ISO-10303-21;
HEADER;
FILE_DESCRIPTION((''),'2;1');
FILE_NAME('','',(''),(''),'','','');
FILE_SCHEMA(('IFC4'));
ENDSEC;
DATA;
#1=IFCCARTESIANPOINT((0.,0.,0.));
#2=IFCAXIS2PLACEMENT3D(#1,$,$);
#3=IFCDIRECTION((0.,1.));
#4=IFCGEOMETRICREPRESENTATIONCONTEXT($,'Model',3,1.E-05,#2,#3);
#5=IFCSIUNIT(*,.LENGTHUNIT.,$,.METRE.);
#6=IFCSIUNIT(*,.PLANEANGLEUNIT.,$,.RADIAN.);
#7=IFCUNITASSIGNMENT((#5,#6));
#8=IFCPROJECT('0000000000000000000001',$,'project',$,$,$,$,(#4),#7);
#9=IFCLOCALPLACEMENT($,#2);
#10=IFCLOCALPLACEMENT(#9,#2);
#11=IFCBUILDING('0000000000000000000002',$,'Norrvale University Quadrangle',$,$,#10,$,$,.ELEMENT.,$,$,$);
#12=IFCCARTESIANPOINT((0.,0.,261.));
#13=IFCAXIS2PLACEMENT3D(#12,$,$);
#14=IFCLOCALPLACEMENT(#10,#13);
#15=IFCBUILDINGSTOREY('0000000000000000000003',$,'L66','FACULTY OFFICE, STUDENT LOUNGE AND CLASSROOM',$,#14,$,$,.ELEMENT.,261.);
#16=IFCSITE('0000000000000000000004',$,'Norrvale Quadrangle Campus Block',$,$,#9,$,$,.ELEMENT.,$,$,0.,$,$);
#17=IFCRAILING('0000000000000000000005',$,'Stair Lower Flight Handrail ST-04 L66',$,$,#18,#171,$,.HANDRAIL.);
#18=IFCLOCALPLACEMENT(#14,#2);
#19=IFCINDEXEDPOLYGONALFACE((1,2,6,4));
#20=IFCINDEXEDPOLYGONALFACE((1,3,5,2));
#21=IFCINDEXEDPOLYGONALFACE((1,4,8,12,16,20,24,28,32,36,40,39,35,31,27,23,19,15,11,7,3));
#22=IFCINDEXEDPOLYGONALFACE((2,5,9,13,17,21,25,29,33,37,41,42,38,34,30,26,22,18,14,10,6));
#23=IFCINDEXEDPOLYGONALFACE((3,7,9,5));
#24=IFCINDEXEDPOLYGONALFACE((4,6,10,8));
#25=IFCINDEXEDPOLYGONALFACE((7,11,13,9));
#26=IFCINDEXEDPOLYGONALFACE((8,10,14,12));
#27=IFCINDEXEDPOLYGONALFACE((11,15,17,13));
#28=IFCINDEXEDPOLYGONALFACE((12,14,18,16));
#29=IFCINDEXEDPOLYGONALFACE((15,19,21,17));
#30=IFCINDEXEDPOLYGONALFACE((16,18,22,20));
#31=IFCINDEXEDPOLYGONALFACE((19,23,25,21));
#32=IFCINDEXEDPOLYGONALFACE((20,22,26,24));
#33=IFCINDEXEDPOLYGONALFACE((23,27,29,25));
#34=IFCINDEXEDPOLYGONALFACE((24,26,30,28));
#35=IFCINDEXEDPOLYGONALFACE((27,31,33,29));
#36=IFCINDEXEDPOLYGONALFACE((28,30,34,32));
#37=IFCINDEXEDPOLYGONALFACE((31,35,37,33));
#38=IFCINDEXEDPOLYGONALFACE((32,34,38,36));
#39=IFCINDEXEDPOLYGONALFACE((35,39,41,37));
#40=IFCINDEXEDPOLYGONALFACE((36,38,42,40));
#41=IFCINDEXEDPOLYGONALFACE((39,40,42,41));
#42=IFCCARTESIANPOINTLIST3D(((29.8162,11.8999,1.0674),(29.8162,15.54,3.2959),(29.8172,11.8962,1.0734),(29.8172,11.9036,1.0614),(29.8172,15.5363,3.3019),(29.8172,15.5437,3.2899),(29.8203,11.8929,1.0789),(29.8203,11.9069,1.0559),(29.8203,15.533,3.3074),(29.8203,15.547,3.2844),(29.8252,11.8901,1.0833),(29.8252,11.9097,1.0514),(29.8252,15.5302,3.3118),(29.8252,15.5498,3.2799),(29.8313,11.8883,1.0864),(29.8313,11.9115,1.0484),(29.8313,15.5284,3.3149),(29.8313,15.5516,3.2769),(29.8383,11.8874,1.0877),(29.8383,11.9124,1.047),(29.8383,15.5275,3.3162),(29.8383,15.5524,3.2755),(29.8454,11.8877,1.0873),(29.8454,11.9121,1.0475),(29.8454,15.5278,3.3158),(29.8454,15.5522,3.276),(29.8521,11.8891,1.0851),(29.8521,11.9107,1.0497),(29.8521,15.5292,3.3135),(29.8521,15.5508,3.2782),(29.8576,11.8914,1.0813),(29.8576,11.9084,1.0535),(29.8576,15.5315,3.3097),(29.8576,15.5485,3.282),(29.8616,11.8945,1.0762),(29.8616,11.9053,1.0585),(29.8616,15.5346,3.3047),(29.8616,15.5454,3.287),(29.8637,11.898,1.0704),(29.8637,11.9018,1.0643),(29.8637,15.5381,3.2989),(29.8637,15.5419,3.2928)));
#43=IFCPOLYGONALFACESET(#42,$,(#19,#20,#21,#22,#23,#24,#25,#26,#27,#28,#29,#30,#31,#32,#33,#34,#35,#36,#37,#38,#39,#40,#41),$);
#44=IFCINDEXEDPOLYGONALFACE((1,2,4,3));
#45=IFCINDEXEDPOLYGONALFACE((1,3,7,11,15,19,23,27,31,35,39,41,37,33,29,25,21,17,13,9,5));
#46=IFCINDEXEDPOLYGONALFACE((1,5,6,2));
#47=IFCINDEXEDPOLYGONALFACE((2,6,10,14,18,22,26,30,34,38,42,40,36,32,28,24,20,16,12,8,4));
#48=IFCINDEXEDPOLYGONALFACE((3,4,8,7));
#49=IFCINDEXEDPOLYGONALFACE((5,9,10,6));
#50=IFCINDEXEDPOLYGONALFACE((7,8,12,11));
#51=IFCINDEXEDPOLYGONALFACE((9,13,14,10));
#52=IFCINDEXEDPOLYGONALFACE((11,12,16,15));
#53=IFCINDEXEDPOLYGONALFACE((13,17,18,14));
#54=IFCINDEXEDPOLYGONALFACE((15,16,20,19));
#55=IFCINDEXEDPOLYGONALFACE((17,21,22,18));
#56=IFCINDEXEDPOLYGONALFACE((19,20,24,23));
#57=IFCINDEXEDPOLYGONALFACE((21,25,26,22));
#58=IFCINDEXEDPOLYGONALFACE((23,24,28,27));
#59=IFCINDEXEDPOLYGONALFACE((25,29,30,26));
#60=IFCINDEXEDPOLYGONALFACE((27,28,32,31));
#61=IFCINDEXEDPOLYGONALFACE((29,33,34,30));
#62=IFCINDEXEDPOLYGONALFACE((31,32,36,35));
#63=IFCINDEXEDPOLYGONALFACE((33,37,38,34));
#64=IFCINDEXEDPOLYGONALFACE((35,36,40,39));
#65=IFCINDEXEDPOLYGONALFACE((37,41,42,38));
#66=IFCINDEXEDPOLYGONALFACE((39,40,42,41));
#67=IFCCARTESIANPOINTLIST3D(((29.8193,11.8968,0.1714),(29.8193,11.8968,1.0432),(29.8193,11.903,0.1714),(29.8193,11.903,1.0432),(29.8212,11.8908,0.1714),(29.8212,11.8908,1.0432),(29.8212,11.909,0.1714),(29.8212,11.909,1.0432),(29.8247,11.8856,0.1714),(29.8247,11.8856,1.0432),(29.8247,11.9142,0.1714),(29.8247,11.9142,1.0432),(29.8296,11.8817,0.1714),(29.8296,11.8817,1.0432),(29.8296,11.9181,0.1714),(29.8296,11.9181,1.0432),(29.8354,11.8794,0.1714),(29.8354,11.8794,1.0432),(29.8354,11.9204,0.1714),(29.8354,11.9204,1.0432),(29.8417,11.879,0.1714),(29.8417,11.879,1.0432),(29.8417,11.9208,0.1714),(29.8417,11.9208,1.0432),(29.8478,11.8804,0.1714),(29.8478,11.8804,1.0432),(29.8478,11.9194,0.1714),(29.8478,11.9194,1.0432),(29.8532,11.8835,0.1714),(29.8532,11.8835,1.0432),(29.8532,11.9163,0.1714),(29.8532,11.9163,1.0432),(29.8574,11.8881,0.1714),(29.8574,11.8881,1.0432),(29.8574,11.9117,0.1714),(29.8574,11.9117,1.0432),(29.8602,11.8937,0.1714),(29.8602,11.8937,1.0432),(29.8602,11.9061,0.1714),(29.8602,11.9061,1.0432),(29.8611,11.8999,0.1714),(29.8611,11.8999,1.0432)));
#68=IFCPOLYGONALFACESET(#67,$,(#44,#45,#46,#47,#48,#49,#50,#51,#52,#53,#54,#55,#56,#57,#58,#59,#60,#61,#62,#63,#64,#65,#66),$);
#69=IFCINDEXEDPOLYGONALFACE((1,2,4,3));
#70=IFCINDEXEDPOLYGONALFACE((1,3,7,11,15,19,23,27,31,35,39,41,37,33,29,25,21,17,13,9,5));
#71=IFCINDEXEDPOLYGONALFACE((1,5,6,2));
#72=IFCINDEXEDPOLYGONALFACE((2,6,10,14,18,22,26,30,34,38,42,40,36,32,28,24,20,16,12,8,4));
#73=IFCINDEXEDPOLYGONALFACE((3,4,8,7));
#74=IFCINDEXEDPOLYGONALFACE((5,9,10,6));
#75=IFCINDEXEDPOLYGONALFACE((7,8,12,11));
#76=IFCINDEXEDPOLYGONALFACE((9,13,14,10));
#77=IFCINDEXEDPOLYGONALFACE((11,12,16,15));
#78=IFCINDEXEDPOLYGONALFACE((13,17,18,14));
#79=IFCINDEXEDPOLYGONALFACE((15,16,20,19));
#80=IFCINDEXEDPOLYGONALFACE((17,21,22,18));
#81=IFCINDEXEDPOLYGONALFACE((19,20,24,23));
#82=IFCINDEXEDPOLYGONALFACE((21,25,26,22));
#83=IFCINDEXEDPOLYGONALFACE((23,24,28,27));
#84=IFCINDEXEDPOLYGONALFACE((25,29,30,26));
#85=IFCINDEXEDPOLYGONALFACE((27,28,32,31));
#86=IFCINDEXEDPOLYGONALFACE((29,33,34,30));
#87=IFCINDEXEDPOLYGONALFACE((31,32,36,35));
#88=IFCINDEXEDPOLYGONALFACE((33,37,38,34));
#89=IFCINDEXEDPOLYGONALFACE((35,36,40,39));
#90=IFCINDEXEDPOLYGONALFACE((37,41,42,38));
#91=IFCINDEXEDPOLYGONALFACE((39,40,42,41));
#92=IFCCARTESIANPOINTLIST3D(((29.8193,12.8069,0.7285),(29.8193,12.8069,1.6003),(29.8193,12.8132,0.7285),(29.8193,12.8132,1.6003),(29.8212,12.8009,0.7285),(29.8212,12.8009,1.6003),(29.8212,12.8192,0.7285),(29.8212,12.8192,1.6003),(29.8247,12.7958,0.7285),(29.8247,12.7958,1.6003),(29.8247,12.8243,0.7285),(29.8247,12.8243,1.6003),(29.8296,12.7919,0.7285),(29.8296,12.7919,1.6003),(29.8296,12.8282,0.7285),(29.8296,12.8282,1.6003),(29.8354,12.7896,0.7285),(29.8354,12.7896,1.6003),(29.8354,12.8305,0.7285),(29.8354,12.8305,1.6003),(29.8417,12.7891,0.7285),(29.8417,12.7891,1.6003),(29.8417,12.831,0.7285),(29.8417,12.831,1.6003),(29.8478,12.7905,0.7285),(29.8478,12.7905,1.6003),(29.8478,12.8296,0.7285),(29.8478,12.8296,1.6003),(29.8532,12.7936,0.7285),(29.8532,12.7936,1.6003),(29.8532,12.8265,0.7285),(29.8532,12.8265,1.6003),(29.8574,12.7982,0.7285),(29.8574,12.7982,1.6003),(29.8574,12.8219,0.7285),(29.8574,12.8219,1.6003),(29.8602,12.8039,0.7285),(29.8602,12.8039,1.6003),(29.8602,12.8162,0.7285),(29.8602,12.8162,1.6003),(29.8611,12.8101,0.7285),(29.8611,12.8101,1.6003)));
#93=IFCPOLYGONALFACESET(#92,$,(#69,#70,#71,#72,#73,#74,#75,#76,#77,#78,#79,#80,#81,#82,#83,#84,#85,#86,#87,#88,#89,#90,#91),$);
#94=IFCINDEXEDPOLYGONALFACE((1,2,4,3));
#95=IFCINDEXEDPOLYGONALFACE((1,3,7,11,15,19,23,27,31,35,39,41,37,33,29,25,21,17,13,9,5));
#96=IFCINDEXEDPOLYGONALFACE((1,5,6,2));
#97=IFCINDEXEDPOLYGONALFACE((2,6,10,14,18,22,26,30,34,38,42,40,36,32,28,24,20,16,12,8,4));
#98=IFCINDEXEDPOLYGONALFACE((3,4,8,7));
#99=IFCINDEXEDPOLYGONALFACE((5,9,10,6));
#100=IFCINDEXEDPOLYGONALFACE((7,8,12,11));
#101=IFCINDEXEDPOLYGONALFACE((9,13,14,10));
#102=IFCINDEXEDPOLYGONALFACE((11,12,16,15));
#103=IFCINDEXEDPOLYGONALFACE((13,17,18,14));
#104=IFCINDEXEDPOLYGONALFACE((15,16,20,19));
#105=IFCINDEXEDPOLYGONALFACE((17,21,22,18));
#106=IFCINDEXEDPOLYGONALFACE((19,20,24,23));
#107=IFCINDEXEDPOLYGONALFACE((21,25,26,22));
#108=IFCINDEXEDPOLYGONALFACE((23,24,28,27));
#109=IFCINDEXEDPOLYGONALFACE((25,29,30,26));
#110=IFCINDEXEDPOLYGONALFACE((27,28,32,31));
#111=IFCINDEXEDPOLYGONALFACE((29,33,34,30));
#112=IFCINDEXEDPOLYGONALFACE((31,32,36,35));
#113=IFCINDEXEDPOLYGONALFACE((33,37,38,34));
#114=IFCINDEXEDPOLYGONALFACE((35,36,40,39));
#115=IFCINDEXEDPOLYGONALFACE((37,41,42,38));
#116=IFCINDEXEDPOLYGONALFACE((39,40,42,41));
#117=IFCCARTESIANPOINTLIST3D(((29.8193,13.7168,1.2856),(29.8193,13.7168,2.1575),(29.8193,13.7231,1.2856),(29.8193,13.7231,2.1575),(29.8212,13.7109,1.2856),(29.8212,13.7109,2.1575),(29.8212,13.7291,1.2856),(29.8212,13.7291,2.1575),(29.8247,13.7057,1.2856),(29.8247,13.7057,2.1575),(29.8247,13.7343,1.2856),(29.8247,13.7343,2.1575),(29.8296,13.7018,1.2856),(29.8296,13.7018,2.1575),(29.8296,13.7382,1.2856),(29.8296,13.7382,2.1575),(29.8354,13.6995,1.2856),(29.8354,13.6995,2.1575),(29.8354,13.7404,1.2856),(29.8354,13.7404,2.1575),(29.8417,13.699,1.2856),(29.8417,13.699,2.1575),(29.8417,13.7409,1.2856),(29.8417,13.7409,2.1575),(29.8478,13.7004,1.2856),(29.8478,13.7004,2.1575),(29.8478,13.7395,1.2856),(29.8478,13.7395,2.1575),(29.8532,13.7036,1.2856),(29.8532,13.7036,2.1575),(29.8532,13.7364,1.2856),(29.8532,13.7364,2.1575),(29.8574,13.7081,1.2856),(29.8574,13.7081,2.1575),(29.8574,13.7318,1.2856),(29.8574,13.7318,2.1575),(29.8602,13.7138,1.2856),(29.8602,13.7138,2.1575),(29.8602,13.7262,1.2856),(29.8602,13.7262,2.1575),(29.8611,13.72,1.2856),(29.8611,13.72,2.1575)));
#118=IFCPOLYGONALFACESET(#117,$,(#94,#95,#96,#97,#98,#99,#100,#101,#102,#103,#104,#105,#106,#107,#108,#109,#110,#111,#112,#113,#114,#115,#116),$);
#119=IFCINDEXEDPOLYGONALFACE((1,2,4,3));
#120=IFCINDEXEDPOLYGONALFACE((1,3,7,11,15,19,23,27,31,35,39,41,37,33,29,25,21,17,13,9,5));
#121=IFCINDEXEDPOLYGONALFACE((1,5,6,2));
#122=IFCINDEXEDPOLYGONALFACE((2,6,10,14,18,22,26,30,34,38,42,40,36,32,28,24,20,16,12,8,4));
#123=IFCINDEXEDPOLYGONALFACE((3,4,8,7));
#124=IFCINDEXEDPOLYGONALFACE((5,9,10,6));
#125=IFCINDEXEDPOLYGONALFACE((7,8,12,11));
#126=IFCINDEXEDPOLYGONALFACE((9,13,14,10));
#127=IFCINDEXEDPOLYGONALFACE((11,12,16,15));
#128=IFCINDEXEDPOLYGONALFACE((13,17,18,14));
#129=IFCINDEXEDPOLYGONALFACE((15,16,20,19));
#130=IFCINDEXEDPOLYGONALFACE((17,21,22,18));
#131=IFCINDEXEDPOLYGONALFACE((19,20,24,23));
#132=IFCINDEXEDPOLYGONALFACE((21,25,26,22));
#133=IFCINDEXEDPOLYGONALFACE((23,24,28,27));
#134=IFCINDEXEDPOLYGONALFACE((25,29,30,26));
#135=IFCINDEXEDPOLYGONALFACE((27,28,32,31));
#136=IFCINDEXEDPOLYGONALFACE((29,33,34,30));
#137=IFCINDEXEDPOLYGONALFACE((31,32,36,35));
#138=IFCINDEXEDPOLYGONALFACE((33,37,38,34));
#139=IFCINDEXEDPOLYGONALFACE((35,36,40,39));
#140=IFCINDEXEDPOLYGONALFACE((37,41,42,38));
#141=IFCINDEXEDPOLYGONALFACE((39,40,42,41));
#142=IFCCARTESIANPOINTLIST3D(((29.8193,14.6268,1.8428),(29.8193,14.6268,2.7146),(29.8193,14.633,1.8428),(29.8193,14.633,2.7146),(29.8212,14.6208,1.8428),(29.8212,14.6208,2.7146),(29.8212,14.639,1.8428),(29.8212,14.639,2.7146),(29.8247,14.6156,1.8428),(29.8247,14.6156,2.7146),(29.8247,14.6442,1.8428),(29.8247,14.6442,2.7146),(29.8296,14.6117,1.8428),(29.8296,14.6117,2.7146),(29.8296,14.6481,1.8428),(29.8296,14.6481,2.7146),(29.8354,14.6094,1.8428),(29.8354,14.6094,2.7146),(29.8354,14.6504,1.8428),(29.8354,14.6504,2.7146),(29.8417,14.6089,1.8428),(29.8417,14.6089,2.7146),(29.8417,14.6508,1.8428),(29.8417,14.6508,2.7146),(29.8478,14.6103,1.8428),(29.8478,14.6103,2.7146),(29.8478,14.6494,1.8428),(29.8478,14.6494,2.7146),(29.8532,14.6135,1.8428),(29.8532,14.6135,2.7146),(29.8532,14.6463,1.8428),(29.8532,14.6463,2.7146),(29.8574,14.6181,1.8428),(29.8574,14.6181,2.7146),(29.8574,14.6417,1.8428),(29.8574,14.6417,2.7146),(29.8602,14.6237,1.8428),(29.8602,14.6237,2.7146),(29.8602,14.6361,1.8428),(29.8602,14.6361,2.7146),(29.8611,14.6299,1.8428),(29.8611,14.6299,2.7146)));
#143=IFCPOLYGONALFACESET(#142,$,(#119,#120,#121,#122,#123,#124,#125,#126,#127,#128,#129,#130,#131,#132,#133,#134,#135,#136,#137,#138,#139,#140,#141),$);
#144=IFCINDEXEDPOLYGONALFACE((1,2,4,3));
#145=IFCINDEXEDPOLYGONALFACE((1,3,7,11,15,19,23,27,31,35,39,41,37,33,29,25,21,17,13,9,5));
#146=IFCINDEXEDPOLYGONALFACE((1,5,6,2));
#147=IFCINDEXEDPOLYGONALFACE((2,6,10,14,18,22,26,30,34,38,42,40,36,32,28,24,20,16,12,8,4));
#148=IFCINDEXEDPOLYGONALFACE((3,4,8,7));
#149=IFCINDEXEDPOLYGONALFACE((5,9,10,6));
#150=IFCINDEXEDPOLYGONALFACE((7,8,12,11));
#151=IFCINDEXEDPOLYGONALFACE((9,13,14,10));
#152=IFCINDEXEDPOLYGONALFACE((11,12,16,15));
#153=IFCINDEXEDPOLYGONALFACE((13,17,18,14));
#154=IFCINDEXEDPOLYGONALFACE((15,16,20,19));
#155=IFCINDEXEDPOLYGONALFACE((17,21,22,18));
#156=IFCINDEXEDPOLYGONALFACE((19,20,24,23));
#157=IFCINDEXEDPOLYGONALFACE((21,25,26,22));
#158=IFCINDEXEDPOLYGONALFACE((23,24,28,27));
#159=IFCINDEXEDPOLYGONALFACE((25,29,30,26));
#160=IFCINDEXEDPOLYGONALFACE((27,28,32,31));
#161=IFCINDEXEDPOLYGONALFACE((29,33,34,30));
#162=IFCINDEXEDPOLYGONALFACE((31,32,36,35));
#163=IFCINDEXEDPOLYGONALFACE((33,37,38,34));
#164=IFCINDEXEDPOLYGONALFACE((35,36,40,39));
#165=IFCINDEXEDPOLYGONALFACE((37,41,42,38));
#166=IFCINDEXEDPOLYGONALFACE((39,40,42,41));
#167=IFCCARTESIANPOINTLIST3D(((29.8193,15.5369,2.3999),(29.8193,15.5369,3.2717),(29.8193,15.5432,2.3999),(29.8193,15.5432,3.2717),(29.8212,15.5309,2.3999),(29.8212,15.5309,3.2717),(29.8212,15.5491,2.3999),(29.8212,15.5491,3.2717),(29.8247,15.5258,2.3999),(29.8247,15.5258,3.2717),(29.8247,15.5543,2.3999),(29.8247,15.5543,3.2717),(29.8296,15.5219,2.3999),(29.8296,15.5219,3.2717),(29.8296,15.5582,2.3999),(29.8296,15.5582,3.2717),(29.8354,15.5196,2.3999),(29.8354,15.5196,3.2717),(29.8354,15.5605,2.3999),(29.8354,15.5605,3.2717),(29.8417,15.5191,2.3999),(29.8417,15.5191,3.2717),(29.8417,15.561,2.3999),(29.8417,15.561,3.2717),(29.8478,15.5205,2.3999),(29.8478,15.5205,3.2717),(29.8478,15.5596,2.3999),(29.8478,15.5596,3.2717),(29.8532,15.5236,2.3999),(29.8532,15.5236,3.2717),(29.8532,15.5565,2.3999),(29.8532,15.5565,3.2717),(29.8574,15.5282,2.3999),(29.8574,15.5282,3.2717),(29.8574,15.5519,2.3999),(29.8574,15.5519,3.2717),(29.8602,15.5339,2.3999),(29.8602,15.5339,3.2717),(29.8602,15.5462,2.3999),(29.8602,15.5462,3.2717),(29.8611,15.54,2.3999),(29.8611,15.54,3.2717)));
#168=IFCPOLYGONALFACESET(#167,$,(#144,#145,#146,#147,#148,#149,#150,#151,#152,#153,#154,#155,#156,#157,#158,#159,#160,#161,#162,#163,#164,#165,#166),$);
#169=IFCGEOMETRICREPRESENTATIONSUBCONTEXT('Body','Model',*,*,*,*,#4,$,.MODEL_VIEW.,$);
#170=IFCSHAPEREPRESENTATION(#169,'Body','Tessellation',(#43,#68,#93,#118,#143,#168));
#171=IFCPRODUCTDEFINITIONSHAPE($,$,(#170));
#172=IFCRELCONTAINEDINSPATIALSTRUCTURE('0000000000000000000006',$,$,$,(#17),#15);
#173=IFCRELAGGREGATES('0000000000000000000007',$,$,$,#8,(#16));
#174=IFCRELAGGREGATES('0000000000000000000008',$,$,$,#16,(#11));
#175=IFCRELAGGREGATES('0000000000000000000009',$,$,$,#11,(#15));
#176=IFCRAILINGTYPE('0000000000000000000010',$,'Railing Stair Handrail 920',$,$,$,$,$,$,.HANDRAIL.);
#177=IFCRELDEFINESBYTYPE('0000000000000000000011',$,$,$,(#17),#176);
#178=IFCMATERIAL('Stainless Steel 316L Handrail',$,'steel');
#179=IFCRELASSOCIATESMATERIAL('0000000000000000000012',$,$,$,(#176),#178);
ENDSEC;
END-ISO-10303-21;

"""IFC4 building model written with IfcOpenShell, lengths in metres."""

from ifc_helpers import new_model, si_unit, direction, frame, origin, origin_2d, place, context, subcontext, project, spatial, circle, extrude, material, type_object, element, save


model = new_model("IFC4")

# Units and contexts
model_context = context("Model", 3, precision=1e-05, world=origin(), true_north=direction((0.0, 1.0)))
body_context = subcontext(model_context, "Body", "Model", "MODEL_VIEW")
ifc_project = project(units=[si_unit("LENGTHUNIT", "METRE"), si_unit("PLANEANGLEUNIT", "RADIAN")], contexts=[model_context])

# Site, building, storey
site_placement = place(None, origin())
site = spatial("IfcSite", under=ifc_project, at=site_placement, Name="Norrvale Quadrangle Campus Block", CompositionType="ELEMENT", RefElevation=0.0)
building_placement = place(site_placement, origin())
building = spatial("IfcBuilding", under=site, at=building_placement, Name="Norrvale University Quadrangle", CompositionType="ELEMENT")
storey_placement = place(building_placement, frame((0.0, 0.0, 261.0)))
storey = spatial("IfcBuildingStorey", under=building, at=storey_placement, Name="L66", Description="FACULTY OFFICE, STUDENT LOUNGE AND CLASSROOM", CompositionType="ELEMENT", Elevation=261.0)

# Railing
ifc_material_1 = material(Name="Stainless Steel 316L Handrail", Category="steel")
railing_type_1 = type_object("IfcRailingType", Name="Railing Stair Handrail 920", PredefinedType="HANDRAIL", material=ifc_material_1)
railing_1_placement = place(storey_placement, frame((29.8401, 11.8999, 0.1714)))
element("IfcRailing", 1, at=railing_1_placement, inside=storey, type_object=railing_type_1, Name="Stair Lower Flight Handrail ST-04 L66", PredefinedType="HANDRAIL", context=body_context, shape_type="SweptSolid", body=[
    extrude(circle(Radius=0.0239, at=origin_2d()), frame((0.0, 0.0, 0.896), z_axis=(0.0, 0.852866, 0.52213), x_axis=(-1.0, 0.0, 0.0)), (0.0, 0.0, 1.0), 4.2681),
    extrude(circle(Radius=0.021, at=origin_2d()), origin(), (0.0, 0.0, 1.0), 0.8718),
    extrude(circle(Radius=0.021, at=origin_2d()), frame((0.0, 0.9102, 0.5571)), (0.0, 0.0, 1.0), 0.8718),
    extrude(circle(Radius=0.021, at=origin_2d()), frame((0.0, 1.8201, 1.1143)), (0.0, 0.0, 1.0), 0.8718),
    extrude(circle(Radius=0.021, at=origin_2d()), frame((0.0, 2.73, 1.6714)), (0.0, 0.0, 1.0), 0.8718),
    extrude(circle(Radius=0.021, at=origin_2d()), frame((0.0, 3.6401, 2.2285)), (0.0, 0.0, 1.0), 0.8718),
])

save(model, "model.ifc")
